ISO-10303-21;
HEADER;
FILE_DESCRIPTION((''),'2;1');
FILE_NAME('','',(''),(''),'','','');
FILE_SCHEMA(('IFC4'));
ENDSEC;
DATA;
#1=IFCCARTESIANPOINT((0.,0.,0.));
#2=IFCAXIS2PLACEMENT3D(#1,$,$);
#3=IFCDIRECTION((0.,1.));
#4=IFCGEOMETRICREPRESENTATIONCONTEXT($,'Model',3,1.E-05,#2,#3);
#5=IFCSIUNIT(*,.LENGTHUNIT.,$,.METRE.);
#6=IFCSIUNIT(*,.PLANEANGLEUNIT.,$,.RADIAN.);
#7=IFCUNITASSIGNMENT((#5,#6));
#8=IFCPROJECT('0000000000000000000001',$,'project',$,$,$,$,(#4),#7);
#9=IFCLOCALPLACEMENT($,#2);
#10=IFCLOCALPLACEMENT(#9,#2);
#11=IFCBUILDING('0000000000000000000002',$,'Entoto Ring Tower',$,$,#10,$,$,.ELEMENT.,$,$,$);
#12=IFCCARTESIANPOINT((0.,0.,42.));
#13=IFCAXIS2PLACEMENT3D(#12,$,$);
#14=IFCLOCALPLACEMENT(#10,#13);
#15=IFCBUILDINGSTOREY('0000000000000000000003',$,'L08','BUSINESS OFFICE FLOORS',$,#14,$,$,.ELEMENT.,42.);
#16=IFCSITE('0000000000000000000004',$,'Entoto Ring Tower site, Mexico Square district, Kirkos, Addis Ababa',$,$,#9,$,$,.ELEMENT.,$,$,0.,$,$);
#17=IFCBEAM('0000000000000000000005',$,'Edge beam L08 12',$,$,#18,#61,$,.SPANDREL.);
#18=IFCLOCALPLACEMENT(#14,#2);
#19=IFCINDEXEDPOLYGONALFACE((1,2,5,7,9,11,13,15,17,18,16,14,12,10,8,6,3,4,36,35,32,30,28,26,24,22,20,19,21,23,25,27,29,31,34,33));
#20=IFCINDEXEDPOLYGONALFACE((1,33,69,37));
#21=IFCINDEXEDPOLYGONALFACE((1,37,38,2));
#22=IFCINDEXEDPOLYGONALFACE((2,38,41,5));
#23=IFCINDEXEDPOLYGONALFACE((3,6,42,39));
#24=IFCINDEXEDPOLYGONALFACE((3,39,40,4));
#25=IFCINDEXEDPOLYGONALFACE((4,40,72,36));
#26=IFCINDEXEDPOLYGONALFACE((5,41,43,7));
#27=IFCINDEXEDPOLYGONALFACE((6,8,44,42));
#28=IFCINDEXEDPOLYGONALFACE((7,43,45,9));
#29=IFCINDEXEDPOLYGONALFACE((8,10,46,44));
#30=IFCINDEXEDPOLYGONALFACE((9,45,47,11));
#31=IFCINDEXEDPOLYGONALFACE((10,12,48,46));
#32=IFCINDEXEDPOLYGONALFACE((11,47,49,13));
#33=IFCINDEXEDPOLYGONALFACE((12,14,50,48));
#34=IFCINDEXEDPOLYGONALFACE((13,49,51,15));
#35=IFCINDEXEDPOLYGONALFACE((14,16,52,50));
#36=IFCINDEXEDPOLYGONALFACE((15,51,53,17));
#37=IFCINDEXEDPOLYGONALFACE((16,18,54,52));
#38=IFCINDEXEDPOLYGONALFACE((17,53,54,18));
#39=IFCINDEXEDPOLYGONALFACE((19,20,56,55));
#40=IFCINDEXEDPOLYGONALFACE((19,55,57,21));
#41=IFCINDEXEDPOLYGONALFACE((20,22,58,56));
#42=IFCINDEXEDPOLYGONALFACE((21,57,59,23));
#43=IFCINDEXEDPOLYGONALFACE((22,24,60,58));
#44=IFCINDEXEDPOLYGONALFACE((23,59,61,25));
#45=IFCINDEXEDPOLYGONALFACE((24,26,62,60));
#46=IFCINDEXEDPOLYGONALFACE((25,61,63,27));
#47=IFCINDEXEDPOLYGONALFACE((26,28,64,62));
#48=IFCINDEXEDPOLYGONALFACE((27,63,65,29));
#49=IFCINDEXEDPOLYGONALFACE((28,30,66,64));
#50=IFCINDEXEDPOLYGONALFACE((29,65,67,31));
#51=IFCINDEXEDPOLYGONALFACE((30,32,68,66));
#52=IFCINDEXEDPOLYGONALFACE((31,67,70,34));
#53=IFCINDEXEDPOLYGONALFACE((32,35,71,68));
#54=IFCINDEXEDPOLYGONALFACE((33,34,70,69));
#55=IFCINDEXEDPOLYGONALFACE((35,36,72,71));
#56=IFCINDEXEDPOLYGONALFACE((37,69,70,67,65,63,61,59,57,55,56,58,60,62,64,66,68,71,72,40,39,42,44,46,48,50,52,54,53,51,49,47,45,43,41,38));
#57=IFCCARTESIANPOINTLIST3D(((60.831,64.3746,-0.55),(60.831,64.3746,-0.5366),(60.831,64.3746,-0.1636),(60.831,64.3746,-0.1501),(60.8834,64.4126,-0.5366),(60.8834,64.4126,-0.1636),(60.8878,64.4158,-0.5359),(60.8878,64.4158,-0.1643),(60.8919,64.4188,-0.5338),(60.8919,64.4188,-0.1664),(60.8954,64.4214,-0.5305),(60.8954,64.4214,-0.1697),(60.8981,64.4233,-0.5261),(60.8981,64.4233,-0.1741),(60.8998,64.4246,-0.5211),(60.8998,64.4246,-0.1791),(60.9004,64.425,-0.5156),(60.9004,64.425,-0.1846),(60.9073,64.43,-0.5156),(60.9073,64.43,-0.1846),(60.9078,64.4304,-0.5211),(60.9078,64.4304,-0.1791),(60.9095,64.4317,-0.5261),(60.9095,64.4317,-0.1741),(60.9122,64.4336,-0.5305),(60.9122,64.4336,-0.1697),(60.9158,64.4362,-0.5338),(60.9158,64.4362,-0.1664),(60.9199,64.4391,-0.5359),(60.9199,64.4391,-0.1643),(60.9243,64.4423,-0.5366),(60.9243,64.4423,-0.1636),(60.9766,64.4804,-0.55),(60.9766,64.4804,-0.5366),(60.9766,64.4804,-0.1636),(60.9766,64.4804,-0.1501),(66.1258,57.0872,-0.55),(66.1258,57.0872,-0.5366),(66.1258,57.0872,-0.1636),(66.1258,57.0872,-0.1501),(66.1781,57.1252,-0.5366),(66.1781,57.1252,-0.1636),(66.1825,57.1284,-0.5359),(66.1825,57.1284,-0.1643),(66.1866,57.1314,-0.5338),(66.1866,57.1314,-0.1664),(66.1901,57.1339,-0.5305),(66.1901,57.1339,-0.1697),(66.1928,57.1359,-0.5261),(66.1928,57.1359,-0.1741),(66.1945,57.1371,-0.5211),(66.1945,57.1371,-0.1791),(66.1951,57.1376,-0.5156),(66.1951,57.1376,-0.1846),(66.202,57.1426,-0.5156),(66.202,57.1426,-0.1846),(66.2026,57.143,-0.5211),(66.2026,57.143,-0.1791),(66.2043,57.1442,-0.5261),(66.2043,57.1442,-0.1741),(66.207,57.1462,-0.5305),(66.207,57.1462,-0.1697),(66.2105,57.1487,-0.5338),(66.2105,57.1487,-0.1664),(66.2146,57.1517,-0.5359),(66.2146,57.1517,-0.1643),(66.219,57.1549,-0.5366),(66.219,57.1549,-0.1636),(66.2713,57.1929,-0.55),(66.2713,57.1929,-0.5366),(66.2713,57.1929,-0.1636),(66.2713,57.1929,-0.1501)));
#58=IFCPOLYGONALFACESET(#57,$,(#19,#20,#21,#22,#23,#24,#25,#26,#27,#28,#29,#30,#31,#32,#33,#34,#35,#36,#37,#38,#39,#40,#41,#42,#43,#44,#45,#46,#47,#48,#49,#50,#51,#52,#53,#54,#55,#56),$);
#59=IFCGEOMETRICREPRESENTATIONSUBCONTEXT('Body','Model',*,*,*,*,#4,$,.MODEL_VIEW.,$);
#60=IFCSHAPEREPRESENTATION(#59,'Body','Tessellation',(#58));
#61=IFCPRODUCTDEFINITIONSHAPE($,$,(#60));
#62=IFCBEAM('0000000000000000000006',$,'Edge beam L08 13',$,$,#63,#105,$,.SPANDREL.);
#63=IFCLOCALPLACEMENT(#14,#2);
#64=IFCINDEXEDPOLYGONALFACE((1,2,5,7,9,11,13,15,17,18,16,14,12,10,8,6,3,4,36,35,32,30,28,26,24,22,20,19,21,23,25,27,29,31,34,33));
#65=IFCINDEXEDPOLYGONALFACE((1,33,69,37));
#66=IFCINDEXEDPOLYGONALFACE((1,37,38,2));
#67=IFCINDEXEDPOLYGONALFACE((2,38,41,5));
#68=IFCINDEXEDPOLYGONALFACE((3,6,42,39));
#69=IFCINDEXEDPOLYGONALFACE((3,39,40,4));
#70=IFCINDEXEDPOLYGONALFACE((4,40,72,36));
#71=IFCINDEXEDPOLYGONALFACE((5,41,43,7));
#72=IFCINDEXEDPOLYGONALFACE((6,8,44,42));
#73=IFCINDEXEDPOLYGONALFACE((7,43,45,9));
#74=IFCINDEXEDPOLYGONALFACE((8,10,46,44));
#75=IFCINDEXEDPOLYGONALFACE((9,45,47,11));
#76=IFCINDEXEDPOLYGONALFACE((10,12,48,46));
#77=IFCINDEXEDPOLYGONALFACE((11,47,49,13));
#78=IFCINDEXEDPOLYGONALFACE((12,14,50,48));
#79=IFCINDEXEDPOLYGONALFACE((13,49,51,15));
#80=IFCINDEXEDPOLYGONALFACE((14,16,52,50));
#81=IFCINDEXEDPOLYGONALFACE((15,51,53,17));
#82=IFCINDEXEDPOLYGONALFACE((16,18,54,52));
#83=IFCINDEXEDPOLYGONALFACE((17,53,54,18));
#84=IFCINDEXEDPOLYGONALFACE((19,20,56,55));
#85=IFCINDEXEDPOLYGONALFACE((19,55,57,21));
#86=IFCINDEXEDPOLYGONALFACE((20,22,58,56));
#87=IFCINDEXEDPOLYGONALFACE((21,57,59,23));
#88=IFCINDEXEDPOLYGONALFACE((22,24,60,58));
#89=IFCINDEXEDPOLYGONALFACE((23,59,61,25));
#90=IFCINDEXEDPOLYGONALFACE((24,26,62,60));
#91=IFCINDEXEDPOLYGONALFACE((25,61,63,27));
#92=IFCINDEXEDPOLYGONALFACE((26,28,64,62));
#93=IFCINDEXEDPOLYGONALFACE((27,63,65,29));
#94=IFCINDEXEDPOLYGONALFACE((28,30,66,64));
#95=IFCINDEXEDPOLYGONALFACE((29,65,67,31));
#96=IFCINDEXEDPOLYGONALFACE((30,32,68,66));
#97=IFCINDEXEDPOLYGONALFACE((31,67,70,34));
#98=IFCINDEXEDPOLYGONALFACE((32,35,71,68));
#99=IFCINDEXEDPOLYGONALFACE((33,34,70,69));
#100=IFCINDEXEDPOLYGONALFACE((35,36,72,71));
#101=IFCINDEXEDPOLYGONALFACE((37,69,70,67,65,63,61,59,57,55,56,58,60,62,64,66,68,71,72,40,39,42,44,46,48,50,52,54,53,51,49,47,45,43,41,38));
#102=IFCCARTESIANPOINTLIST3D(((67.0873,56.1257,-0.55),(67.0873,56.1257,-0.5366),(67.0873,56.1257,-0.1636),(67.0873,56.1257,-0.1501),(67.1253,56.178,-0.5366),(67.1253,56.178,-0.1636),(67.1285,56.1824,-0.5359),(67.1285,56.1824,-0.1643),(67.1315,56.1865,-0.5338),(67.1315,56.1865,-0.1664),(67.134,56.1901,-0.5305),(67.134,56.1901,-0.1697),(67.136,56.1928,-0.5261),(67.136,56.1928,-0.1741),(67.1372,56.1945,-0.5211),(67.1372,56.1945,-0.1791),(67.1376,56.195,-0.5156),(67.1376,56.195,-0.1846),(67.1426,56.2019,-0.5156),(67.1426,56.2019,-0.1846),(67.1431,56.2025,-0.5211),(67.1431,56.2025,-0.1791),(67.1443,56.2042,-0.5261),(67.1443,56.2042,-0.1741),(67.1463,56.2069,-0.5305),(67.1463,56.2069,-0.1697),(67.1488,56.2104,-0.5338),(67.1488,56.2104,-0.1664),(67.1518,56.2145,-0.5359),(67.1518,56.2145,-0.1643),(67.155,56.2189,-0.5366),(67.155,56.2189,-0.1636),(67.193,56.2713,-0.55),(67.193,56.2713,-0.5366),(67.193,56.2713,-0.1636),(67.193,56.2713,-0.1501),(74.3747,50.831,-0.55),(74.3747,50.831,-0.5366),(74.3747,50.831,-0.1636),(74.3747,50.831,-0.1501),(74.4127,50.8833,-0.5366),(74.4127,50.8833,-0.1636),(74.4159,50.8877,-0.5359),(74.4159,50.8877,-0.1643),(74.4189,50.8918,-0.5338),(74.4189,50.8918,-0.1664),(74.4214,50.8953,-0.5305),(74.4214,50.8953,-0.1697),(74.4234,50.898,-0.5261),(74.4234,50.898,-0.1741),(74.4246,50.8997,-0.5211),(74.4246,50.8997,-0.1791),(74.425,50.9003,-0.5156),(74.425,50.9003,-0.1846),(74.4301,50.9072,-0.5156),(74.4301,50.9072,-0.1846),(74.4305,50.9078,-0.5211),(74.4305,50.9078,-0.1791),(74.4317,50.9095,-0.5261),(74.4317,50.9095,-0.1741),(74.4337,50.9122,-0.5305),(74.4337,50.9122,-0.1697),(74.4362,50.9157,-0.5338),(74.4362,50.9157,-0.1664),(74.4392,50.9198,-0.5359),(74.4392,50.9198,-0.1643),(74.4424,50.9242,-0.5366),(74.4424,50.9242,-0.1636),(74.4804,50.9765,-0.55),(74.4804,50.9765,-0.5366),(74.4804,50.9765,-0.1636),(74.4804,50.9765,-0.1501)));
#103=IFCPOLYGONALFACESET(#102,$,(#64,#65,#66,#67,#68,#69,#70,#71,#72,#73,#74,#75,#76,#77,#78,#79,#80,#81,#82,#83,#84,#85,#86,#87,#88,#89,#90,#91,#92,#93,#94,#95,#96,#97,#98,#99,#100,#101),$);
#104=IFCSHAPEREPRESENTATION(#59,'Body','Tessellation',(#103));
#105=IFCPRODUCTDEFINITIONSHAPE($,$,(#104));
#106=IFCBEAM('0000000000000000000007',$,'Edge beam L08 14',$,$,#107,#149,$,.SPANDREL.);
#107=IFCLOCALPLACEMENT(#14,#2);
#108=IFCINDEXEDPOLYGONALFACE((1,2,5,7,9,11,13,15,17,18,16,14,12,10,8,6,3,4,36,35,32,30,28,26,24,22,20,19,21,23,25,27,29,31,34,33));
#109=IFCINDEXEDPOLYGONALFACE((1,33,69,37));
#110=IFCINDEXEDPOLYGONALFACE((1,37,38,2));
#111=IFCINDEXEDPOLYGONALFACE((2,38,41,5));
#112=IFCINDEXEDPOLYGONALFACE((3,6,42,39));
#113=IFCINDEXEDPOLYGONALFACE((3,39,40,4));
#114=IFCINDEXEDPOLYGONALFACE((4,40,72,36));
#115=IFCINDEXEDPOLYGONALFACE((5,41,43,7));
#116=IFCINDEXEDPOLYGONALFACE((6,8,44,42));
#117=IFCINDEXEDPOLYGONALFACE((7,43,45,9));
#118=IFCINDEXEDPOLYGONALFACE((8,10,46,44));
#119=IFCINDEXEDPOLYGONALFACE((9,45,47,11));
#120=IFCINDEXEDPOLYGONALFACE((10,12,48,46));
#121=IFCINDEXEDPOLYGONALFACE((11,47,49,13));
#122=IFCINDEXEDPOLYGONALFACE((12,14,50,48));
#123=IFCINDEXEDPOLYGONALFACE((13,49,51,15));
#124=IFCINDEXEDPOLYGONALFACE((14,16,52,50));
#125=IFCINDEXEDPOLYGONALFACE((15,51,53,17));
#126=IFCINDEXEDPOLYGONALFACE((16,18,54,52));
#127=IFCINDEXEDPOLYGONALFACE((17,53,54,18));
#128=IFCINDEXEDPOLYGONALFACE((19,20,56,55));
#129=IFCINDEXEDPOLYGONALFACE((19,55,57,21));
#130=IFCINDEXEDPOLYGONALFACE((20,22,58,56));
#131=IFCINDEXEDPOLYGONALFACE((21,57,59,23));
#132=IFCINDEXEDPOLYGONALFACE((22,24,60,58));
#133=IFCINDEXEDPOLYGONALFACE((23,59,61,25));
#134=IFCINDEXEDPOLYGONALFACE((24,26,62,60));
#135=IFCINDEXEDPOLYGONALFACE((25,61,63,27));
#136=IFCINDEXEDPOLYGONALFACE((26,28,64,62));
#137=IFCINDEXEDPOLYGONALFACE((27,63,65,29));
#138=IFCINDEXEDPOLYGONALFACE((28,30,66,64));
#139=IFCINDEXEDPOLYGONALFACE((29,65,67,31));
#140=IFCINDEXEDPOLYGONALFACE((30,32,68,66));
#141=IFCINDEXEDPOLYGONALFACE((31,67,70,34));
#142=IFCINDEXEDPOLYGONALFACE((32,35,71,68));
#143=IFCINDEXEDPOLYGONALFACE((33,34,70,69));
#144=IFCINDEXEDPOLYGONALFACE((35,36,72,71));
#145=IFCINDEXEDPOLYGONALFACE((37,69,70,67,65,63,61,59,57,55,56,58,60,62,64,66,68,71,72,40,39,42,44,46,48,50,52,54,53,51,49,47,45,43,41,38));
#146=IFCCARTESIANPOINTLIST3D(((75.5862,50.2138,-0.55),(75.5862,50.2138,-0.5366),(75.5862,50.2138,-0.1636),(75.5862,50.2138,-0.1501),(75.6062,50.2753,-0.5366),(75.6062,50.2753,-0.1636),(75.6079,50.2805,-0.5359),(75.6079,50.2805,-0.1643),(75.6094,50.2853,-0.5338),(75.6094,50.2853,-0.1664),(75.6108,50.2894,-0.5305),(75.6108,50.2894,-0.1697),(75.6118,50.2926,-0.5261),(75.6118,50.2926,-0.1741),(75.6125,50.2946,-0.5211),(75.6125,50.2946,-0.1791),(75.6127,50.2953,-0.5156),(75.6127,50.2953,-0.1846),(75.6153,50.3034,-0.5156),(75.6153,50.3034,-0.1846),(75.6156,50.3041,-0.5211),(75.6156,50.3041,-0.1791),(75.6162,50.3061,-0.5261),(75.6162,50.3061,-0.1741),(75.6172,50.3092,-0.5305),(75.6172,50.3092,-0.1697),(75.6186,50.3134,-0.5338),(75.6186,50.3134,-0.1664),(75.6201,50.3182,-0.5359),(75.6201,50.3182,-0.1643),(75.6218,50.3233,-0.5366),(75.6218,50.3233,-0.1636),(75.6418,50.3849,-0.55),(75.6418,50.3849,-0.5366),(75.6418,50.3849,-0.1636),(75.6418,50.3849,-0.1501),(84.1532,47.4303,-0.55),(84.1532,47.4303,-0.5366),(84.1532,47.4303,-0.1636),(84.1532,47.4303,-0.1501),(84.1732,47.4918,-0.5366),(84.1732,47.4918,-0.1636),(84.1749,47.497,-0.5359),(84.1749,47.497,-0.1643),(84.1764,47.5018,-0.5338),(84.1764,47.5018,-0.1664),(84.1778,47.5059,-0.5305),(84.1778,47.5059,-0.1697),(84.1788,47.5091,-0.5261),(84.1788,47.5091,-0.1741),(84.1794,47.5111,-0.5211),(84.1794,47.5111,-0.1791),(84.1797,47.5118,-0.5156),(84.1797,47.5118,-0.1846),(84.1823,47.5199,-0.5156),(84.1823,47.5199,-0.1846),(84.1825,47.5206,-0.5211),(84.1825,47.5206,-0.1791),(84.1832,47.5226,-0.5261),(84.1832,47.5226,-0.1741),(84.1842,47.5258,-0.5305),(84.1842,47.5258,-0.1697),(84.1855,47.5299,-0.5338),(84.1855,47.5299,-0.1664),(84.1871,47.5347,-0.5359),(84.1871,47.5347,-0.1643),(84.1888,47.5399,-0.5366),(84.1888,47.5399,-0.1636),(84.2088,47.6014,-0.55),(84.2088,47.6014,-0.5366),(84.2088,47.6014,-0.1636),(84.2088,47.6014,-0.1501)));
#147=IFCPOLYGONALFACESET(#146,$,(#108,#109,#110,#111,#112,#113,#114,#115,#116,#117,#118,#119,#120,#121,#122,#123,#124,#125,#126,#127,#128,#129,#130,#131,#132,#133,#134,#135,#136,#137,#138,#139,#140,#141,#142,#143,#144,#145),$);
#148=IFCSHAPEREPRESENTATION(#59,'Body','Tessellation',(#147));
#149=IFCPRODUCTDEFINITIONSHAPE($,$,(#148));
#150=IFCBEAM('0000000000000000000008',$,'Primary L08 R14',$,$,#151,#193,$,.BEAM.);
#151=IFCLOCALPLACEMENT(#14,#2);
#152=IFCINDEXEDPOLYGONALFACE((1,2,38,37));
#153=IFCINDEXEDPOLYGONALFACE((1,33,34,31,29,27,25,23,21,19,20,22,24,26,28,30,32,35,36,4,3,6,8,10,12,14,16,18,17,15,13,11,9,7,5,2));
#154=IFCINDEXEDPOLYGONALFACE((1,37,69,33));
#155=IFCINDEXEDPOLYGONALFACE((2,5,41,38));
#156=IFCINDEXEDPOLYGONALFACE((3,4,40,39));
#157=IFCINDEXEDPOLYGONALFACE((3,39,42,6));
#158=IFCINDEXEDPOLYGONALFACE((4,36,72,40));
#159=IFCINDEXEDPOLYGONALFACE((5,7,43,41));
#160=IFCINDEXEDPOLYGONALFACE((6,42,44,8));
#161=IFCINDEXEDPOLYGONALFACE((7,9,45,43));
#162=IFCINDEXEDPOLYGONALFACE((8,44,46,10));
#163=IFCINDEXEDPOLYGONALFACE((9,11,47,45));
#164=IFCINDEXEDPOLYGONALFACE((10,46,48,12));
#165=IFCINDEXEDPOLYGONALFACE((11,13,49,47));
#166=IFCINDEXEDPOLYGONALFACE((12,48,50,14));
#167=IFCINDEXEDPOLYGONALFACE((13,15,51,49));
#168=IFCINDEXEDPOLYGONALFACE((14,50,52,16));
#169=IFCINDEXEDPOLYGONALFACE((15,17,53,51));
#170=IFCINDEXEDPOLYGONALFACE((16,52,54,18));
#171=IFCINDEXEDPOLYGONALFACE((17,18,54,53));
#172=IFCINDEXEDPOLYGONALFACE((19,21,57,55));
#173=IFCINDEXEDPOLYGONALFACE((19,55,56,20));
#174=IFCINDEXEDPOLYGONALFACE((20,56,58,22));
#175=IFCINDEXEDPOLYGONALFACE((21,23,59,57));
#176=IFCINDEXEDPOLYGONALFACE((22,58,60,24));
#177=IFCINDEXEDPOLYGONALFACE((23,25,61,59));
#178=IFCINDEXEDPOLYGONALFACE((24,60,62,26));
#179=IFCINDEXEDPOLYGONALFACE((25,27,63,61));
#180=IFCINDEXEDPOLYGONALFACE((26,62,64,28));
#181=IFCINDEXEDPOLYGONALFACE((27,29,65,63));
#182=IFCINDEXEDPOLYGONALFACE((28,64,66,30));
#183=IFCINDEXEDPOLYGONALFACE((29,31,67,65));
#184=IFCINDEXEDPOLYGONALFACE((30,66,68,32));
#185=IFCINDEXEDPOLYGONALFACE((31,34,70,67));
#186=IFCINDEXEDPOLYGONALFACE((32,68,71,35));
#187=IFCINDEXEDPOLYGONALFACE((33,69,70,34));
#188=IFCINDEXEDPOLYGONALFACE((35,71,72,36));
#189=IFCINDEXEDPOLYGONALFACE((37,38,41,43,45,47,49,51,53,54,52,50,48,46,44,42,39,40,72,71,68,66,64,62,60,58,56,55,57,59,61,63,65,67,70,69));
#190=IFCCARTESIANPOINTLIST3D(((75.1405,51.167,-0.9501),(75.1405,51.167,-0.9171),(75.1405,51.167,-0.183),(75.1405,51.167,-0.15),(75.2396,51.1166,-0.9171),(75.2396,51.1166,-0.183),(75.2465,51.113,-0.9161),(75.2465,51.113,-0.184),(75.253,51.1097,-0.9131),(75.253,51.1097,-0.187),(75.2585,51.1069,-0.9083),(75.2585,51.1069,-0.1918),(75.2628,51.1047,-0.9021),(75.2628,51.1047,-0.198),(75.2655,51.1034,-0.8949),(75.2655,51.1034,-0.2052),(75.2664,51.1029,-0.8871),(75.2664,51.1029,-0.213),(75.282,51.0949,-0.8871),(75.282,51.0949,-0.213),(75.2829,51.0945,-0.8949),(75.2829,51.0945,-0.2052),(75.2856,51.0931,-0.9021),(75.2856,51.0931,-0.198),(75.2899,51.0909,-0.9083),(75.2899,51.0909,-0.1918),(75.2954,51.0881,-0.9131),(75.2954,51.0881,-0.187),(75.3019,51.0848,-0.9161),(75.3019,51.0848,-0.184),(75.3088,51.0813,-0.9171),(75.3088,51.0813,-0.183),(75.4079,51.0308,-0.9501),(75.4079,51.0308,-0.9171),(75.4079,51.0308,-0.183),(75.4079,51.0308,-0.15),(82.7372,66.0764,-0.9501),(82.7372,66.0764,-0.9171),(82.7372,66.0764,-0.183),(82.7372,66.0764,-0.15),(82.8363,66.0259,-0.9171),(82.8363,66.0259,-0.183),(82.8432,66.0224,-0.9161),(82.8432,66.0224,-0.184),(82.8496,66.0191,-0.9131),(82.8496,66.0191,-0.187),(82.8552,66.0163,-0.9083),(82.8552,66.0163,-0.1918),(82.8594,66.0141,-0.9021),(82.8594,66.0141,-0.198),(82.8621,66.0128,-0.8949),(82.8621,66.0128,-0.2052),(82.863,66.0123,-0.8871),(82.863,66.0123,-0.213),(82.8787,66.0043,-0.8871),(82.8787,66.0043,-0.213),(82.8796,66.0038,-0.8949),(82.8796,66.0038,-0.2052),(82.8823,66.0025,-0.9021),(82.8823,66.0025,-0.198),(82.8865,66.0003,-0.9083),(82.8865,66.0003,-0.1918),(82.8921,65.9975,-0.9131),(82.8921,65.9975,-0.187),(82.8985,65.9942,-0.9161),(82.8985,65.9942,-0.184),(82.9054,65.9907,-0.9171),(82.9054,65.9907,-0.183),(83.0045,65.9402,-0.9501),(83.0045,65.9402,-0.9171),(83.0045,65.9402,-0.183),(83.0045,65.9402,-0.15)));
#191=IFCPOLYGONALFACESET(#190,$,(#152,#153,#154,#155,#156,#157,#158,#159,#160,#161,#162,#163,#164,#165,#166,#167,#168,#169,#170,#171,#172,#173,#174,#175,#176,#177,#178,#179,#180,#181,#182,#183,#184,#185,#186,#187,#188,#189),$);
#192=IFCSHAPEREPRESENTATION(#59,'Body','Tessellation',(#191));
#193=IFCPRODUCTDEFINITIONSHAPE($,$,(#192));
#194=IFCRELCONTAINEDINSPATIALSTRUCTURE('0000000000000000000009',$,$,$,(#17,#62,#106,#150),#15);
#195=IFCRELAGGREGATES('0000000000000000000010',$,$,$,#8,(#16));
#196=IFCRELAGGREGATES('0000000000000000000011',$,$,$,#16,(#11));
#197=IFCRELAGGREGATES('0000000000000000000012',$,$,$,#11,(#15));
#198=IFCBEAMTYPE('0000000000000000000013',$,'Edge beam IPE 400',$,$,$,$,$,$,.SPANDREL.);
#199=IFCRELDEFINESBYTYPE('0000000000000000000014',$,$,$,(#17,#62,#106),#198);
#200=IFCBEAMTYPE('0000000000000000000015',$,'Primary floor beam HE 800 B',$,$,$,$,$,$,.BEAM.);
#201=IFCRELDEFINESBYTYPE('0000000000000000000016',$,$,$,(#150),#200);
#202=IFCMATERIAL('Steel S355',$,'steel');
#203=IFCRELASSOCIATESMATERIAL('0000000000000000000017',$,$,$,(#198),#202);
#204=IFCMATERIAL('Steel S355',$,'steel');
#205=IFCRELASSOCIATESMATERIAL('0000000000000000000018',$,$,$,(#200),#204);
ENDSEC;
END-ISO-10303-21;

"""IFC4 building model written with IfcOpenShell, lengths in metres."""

from ifc_helpers import new_model, si_unit, direction, frame, origin, origin_2d, place, context, subcontext, project, spatial, i_section, extrude, material, material_profile, profile_set, type_object, element, save


model = new_model("IFC4")

# Units and contexts
model_context = context("Model", 3, precision=1e-05, world=origin(), true_north=direction((0.0, 1.0)))
body_context = subcontext(model_context, "Body", "Model", "MODEL_VIEW")
ifc_project = project(units=[si_unit("LENGTHUNIT", "METRE"), si_unit("PLANEANGLEUNIT", "RADIAN")], contexts=[model_context])

# Site, building, storey
site_placement = place(None, origin())
site = spatial("IfcSite", under=ifc_project, at=site_placement, Name="Entoto Ring Tower site, Mexico Square district, Kirkos, Addis Ababa", CompositionType="ELEMENT", RefElevation=0.0)
building_placement = place(site_placement, origin())
building = spatial("IfcBuilding", under=site, at=building_placement, Name="Entoto Ring Tower", CompositionType="ELEMENT")
storey_placement = place(building_placement, frame((0.0, 0.0, 42.0)))
storey = spatial("IfcBuildingStorey", under=building, at=storey_placement, Name="L08", Description="BUSINESS OFFICE FLOORS", CompositionType="ELEMENT", Elevation=42.0)

# Beams
ifc_material_1 = material(Name="Steel S355", Category="steel")
ifc_material_profile_1 = material_profile(ifc_material_1, i_section(OverallWidth=0.1799, OverallDepth=0.3999, WebThickness=0.0085, FlangeThickness=0.0134, FilletRadius=0.021, at=origin_2d()), Name="IPE 400")
ifc_profile_set_1 = profile_set([ifc_material_profile_1], Name="Steel S355")
beam_type_1 = type_object("IfcBeamType", Name="Edge beam IPE 400", PredefinedType="SPANDREL", material=ifc_profile_set_1)
for number, where, z_axis, x_axis, name in (
    (1, (60.9038, 64.4275, -0.3501), (0.587793, -0.809011, 0.0), (0.809011, 0.587793, 0.0), "Edge beam L08 12"),
    (2, (67.1401, 56.1985, -0.3501), (0.809011, -0.587793, 0.0), (0.587793, 0.809011, 0.0), "Edge beam L08 13"),
    (3, (75.614, 50.2993, -0.3501), (0.95106, -0.309006, 0.0), (0.309006, 0.95106, 0.0), "Edge beam L08 14"),
):
    element("IfcBeam", number, at=place(storey_placement, frame(where, z_axis=z_axis, x_axis=x_axis)), inside=storey, type_object=beam_type_1, Name=name, PredefinedType="SPANDREL", context=body_context, shape_type="SweptSolid", body=[
        extrude(i_section(OverallWidth=0.1799, OverallDepth=0.3999, WebThickness=0.0085, FlangeThickness=0.0134, FilletRadius=0.021, at=origin_2d()), origin(), (0.0, 0.0, 1.0), 9.0078),
    ])
ifc_material_2 = material(Name="Steel S355", Category="steel")
ifc_material_profile_2 = material_profile(ifc_material_2, i_section(OverallWidth=0.3, OverallDepth=0.8, WebThickness=0.0176, FlangeThickness=0.033, FilletRadius=0.03, at=origin_2d()), Name="HE 800 B")
ifc_profile_set_2 = profile_set([ifc_material_profile_2], Name="Steel S355")
beam_type_2 = type_object("IfcBeamType", Name="Primary floor beam HE 800 B", PredefinedType="BEAM", material=ifc_profile_set_2)
beam_1_placement = place(storey_placement, frame((82.8708, 66.0083, -0.55), z_axis=(-0.453988, -0.891008, 0.0), x_axis=(0.891008, -0.453988, 0.0)))
element("IfcBeam", 4, at=beam_1_placement, inside=storey, type_object=beam_type_2, Name="Primary L08 R14", PredefinedType="BEAM", context=body_context, shape_type="SweptSolid", body=[
    extrude(i_section(OverallWidth=0.3, OverallDepth=0.8, WebThickness=0.0176, FlangeThickness=0.033, FilletRadius=0.03, at=origin_2d()), origin(), (0.0, 0.0, 1.0), 16.7332),
])

save(model, "model.ifc")
